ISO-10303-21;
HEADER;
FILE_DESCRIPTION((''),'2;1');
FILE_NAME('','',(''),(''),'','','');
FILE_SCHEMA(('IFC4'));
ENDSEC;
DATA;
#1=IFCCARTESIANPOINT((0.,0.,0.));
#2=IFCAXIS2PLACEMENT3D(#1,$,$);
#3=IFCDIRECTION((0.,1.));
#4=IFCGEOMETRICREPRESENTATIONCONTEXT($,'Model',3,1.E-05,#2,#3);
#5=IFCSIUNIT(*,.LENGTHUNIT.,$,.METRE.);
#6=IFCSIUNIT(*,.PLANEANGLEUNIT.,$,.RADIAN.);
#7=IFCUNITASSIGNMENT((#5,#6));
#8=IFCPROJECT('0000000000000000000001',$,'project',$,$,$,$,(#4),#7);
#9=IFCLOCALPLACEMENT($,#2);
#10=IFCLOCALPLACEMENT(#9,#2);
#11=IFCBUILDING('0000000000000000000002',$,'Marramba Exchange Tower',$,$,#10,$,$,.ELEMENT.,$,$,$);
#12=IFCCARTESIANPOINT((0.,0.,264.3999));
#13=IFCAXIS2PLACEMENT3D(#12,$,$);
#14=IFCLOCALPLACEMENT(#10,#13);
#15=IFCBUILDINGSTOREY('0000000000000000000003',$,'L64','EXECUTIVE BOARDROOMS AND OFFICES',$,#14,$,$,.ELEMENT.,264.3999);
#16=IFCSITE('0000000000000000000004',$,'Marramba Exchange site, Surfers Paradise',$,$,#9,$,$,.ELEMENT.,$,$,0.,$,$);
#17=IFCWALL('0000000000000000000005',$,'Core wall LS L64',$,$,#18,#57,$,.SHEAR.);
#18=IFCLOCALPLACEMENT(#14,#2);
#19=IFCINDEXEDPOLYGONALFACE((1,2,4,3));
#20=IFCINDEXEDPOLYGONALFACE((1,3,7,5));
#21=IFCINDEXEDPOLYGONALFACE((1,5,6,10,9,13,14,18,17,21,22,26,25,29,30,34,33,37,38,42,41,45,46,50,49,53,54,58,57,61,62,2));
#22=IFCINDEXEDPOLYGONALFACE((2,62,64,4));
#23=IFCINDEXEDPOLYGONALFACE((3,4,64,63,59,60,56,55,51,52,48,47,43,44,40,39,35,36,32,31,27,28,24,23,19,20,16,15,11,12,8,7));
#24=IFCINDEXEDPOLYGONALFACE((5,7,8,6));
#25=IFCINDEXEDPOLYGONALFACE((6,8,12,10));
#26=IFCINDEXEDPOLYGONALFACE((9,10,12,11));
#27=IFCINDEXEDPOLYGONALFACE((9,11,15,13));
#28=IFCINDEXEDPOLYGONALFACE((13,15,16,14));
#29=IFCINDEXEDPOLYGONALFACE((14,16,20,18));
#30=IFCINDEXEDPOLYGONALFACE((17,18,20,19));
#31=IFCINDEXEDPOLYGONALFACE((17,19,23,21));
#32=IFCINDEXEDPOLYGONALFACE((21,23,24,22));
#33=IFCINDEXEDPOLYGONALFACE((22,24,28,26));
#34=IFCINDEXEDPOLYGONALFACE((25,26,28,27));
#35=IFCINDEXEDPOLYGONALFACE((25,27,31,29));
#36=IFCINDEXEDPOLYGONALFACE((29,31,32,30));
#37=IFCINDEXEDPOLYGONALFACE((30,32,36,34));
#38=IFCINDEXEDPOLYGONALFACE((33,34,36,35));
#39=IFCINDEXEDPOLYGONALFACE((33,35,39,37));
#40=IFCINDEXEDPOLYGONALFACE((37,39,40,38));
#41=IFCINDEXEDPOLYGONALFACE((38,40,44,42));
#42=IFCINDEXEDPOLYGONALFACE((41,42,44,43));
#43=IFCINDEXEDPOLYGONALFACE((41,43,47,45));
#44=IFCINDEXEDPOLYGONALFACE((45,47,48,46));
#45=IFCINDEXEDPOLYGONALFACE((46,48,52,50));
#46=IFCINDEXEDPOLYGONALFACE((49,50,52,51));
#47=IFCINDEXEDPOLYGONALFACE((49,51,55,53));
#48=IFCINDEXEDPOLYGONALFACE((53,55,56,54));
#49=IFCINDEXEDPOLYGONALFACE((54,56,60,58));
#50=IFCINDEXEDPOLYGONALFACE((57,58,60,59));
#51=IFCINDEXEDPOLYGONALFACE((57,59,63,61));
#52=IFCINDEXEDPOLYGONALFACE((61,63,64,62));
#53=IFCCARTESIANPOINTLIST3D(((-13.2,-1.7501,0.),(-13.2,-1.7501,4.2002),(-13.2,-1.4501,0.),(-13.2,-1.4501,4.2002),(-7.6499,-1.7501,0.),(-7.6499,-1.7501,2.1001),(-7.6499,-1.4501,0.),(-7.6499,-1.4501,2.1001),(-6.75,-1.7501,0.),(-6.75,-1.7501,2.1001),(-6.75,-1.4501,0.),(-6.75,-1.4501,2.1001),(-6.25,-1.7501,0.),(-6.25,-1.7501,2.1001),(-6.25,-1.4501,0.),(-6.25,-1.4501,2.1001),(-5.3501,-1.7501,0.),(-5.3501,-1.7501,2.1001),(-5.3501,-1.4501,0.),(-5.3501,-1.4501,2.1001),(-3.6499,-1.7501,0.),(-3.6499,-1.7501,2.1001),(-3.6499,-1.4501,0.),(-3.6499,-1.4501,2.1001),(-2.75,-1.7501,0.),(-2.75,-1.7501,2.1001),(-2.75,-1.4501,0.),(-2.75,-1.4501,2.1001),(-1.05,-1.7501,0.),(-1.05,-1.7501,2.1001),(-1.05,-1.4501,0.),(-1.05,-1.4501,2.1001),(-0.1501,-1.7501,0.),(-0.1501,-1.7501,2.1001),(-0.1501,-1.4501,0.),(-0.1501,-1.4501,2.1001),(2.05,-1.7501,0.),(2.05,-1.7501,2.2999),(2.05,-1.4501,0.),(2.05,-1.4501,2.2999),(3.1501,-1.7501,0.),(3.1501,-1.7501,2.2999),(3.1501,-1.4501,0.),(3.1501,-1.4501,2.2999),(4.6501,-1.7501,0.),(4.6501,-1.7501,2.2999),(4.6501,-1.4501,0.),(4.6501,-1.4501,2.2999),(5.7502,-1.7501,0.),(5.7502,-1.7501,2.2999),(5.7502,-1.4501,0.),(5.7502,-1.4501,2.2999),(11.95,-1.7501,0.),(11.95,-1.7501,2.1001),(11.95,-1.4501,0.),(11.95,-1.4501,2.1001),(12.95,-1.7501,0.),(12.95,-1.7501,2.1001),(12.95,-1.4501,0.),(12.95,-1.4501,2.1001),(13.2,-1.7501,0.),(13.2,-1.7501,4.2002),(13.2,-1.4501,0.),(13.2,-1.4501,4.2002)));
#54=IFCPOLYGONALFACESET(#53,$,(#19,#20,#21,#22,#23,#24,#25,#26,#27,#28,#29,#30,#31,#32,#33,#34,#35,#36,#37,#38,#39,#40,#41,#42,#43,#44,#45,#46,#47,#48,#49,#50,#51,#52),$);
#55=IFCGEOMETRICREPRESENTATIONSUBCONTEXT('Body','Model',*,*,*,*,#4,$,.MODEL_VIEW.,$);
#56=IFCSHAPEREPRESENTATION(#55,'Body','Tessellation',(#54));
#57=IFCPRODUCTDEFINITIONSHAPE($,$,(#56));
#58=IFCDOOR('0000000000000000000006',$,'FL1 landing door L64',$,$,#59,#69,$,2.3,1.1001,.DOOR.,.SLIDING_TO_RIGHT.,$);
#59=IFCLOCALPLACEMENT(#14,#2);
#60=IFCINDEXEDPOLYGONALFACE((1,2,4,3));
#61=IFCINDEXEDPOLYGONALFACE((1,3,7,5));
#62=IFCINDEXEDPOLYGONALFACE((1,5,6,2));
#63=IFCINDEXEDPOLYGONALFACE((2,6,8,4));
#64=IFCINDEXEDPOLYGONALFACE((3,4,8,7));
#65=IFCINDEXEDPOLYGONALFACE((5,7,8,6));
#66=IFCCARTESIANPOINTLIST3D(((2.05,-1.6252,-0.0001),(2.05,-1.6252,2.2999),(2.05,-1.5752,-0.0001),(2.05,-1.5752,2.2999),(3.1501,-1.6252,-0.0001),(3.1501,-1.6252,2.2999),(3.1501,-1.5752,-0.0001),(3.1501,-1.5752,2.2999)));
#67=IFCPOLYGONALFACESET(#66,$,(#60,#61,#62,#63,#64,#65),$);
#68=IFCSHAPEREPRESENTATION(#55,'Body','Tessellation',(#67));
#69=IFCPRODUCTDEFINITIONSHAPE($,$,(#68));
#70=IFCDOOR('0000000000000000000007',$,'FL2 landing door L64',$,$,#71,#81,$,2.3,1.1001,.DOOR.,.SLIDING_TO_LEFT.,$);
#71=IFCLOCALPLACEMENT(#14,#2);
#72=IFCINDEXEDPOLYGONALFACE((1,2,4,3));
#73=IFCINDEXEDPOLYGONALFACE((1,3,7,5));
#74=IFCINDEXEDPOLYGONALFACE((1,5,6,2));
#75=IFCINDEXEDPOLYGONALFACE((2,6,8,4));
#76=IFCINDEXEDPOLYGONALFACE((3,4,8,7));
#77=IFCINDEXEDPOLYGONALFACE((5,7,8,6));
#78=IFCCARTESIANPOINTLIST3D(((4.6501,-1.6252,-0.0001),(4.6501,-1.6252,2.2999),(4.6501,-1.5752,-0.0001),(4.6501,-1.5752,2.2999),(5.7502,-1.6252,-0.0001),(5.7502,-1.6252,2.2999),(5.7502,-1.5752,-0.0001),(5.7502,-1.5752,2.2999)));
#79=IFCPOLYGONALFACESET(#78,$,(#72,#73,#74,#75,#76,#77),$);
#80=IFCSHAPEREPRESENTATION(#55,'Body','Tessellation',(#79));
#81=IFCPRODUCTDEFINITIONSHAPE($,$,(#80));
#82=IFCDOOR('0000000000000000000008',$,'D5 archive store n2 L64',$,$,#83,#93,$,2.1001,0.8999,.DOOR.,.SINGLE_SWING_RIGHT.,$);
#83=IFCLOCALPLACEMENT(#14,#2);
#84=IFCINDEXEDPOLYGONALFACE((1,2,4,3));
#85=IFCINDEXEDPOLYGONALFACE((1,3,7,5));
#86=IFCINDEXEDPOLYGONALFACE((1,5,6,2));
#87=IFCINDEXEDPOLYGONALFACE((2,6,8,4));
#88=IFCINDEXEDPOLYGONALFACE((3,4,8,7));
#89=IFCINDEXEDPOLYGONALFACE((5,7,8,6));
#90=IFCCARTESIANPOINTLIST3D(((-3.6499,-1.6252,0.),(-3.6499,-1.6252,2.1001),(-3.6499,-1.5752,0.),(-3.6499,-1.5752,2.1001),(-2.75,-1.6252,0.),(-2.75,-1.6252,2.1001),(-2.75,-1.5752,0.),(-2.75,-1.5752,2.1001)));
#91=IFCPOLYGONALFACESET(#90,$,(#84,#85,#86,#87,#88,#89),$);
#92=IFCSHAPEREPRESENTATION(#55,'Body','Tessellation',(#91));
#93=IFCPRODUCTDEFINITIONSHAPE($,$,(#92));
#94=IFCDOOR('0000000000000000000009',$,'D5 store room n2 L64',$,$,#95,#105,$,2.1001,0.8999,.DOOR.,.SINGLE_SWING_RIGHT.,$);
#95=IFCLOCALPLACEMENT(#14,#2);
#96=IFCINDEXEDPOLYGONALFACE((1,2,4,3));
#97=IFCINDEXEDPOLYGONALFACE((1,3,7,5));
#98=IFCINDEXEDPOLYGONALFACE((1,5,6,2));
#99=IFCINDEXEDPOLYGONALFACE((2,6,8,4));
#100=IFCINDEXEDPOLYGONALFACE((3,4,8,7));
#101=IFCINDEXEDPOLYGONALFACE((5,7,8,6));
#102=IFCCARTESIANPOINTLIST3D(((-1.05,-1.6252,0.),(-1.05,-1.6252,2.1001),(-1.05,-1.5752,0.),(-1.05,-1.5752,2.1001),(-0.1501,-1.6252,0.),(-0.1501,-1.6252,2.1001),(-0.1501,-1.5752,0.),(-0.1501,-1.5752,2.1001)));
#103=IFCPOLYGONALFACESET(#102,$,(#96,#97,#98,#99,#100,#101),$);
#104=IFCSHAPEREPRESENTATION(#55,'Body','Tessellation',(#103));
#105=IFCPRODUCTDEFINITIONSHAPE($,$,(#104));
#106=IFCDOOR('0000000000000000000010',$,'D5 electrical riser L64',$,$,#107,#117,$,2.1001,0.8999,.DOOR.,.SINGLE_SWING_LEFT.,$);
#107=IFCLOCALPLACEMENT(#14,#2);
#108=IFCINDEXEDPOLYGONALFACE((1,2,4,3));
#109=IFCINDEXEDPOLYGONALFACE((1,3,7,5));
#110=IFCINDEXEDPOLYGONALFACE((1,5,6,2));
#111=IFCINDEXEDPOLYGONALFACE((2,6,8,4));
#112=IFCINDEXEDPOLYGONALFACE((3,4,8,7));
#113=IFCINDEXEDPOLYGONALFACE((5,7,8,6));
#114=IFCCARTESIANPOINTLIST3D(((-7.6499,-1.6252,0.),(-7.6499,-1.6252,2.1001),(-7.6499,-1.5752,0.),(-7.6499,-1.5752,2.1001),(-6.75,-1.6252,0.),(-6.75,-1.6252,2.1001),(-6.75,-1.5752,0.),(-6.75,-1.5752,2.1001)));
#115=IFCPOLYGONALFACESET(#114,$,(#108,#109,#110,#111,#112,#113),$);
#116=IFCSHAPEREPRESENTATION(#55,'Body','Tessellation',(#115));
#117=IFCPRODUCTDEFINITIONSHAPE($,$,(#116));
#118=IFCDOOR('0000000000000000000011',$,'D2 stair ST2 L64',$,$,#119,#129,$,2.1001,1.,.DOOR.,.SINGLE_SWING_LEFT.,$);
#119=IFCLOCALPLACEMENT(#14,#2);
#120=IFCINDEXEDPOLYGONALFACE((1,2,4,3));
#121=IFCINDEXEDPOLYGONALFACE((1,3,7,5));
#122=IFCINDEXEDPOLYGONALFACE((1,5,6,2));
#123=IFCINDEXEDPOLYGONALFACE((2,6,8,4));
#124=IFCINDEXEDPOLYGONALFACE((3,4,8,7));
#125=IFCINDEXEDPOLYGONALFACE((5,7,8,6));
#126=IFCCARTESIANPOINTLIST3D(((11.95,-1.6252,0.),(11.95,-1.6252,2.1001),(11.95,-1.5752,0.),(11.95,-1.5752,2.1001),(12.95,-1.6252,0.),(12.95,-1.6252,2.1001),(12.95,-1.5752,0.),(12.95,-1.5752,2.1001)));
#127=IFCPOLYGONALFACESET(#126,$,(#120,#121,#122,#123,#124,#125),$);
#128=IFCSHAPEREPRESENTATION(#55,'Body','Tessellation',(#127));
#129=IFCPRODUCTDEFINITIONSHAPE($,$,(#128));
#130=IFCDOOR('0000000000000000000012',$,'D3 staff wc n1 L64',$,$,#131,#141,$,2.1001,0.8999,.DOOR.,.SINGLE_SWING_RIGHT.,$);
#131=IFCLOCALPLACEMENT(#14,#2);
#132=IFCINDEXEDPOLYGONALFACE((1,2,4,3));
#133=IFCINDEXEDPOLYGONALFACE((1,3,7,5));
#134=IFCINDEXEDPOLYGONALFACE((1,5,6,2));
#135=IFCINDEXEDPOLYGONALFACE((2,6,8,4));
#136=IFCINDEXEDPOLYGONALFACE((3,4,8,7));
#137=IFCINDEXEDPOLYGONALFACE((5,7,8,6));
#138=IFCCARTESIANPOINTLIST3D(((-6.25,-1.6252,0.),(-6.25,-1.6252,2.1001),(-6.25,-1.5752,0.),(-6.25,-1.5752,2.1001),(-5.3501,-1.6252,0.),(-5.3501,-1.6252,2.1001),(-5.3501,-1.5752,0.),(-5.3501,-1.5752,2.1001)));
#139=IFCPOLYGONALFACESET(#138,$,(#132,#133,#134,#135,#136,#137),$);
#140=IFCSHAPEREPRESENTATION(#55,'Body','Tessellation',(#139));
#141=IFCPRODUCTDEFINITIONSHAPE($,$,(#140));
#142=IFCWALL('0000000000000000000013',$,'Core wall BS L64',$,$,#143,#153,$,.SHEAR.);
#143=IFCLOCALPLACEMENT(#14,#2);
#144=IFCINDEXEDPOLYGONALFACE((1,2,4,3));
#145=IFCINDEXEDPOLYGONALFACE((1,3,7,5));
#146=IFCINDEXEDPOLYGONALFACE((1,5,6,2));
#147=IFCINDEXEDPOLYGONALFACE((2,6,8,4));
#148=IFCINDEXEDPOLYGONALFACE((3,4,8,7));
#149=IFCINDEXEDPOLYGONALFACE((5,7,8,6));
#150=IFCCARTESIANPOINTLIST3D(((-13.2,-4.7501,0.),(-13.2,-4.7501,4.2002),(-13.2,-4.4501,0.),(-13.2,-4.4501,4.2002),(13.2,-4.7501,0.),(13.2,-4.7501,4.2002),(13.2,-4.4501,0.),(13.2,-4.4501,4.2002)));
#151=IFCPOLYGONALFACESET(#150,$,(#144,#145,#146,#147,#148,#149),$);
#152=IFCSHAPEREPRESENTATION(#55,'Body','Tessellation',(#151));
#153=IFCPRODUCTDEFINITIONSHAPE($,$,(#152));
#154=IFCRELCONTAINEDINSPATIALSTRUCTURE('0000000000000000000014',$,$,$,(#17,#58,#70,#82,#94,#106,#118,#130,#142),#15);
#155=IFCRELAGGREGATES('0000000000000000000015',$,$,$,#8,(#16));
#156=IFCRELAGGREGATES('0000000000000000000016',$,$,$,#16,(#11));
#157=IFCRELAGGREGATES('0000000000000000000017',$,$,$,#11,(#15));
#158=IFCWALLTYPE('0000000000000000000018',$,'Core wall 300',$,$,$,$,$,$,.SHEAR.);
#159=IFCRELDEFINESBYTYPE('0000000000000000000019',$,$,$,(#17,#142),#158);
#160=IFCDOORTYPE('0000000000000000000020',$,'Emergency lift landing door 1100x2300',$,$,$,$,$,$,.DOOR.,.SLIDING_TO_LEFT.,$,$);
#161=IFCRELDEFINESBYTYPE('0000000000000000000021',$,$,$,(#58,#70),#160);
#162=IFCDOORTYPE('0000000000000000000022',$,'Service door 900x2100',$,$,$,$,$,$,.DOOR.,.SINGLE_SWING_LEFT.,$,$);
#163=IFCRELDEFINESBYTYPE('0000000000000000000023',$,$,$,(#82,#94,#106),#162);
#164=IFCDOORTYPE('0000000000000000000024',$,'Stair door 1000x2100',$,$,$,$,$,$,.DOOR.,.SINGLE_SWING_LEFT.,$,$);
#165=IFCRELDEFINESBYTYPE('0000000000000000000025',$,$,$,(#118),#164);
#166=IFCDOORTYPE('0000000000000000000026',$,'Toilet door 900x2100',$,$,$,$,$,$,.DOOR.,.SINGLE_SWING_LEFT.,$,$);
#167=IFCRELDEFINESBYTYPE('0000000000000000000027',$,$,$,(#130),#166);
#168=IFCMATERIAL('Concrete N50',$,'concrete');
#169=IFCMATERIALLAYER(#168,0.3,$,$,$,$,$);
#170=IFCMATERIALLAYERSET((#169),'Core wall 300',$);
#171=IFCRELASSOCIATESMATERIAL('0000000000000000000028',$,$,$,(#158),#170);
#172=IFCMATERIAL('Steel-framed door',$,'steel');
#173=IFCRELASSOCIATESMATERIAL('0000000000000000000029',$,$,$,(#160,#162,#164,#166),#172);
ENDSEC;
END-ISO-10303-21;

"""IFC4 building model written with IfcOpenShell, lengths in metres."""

from ifc_helpers import new_model, si_unit, direction, frame, frame_2d, origin, place, context, subcontext, project, spatial, rectangle, extrude, material, layer, layer_set, type_object, element, fill, save


model = new_model("IFC4")

# Units and contexts
model_context = context("Model", 3, precision=1e-05, world=origin(), true_north=direction((0.0, 1.0)))
body_context = subcontext(model_context, "Body", "Model", "MODEL_VIEW")
ifc_project = project(units=[si_unit("LENGTHUNIT", "METRE"), si_unit("PLANEANGLEUNIT", "RADIAN")], contexts=[model_context])

# Site, building, storey
site_placement = place(None, origin())
site = spatial("IfcSite", under=ifc_project, at=site_placement, Name="Marramba Exchange site, Surfers Paradise", CompositionType="ELEMENT", RefElevation=0.0)
building_placement = place(site_placement, origin())
building = spatial("IfcBuilding", under=site, at=building_placement, Name="Marramba Exchange Tower", CompositionType="ELEMENT")
storey_placement = place(building_placement, frame((0.0, 0.0, 264.3999)))
storey = spatial("IfcBuildingStorey", under=building, at=storey_placement, Name="L64", Description="EXECUTIVE BOARDROOMS AND OFFICES", CompositionType="ELEMENT", Elevation=264.3999)

# Shared definitions
ifc_material_1 = material(Name="Concrete N50", Category="concrete")

# Wall, openings, doors
ifc_layer_1 = layer(ifc_material_1, 0.3)
ifc_layer_set_1 = layer_set([ifc_layer_1], Name="Core wall 300")
wall_type_1 = type_object("IfcWallType", Name="Core wall 300", PredefinedType="SHEAR", material=ifc_layer_set_1)
wall_1_placement = place(storey_placement, frame((-13.2, -1.6001, 0.0), z_axis=(0.0, 0.0, 1.0), x_axis=(1.0, 0.0, 0.0)))
wall_1 = element("IfcWall", 1, at=wall_1_placement, inside=storey, type_object=wall_type_1, Name="Core wall LS L64", PredefinedType="SHEAR", context=body_context, shape_type="SweptSolid", body=[
    extrude(rectangle(XDim=26.3999, YDim=0.3, at=frame_2d((13.2, 0.0))), origin(), (0.0, 0.0, 1.0), 4.2002),
])
opening_1_placement = place(wall_1_placement, frame((25.1499, 0.0, 0.0)))
opening_1 = element("IfcOpeningElement", 2, at=opening_1_placement, cuts=wall_1, PredefinedType="OPENING", context=body_context, shape_type="SweptSolid", body=[
    extrude(rectangle(XDim=1.0, YDim=2.1001, at=frame_2d((0.5, 1.05))), frame((0.0, 0.1599, 0.0), z_axis=(0.0, -1.0, 0.0), x_axis=(1.0, 0.0, 0.0)), (0.0, 0.0, 1.0), 0.3201),
])
opening_2_placement = place(wall_1_placement, frame((6.95, 0.0, 0.0)))
opening_2 = element("IfcOpeningElement", 3, at=opening_2_placement, cuts=wall_1, PredefinedType="OPENING", context=body_context, shape_type="SweptSolid", body=[
    extrude(rectangle(XDim=0.8999, YDim=2.1001, at=frame_2d((0.45, 1.05))), frame((0.0, 0.1599, 0.0), z_axis=(0.0, -1.0, 0.0), x_axis=(1.0, 0.0, 0.0)), (0.0, 0.0, 1.0), 0.3201),
])
opening_3_placement = place(wall_1_placement, frame((9.55, 0.0, 0.0)))
opening_3 = element("IfcOpeningElement", 4, at=opening_3_placement, cuts=wall_1, PredefinedType="OPENING", context=body_context, shape_type="SweptSolid", body=[
    extrude(rectangle(XDim=0.8999, YDim=2.1001, at=frame_2d((0.45, 1.05))), frame((0.0, 0.1599, 0.0), z_axis=(0.0, -1.0, 0.0), x_axis=(1.0, 0.0, 0.0)), (0.0, 0.0, 1.0), 0.3201),
])
opening_4_placement = place(wall_1_placement, frame((12.1499, 0.0, 0.0)))
opening_4 = element("IfcOpeningElement", 5, at=opening_4_placement, cuts=wall_1, PredefinedType="OPENING", context=body_context, shape_type="SweptSolid", body=[
    extrude(rectangle(XDim=0.8999, YDim=2.1001, at=frame_2d((0.45, 1.05))), frame((0.0, 0.1599, 0.0), z_axis=(0.0, -1.0, 0.0), x_axis=(1.0, 0.0, 0.0)), (0.0, 0.0, 1.0), 0.3201),
])
opening_5_placement = place(wall_1_placement, frame((15.25, 0.0, 0.0)))
opening_5 = element("IfcOpeningElement", 6, at=opening_5_placement, cuts=wall_1, PredefinedType="OPENING", context=body_context, shape_type="SweptSolid", body=[
    extrude(rectangle(XDim=1.1001, YDim=2.3, at=frame_2d((0.55, 1.1499))), frame((0.0, 0.1599, 0.0), z_axis=(0.0, -1.0, 0.0), x_axis=(1.0, 0.0, 0.0)), (0.0, 0.0, 1.0), 0.3201),
])
opening_6_placement = place(wall_1_placement, frame((17.8501, 0.0, 0.0)))
opening_6 = element("IfcOpeningElement", 7, at=opening_6_placement, cuts=wall_1, PredefinedType="OPENING", context=body_context, shape_type="SweptSolid", body=[
    extrude(rectangle(XDim=1.1001, YDim=2.3, at=frame_2d((0.55, 1.1499))), frame((0.0, 0.1599, 0.0), z_axis=(0.0, -1.0, 0.0), x_axis=(1.0, 0.0, 0.0)), (0.0, 0.0, 1.0), 0.3201),
])
opening_7_placement = place(wall_1_placement, frame((5.55, 0.0, 0.0)))
opening_7 = element("IfcOpeningElement", 8, at=opening_7_placement, cuts=wall_1, PredefinedType="OPENING", context=body_context, shape_type="SweptSolid", body=[
    extrude(rectangle(XDim=0.8999, YDim=2.1001, at=frame_2d((0.45, 1.05))), frame((0.0, 0.1599, 0.0), z_axis=(0.0, -1.0, 0.0), x_axis=(1.0, 0.0, 0.0)), (0.0, 0.0, 1.0), 0.3201),
])
ifc_material_2 = material(Name="Steel-framed door", Category="steel")
door_type_1 = type_object("IfcDoorType", Name="Emergency lift landing door 1100x2300", OperationType="SLIDING_TO_LEFT", PredefinedType="DOOR", material=ifc_material_2)
door_1_placement = place(opening_5_placement, frame((1.1001, 0.0, 0.0), z_axis=(0.0, 0.0, 1.0), x_axis=(-1.0, 0.0, 0.0)))
door_1 = element("IfcDoor", 9, at=door_1_placement, inside=storey, type_object=door_type_1, Name="FL1 landing door L64", OperationType="SLIDING_TO_RIGHT", OverallHeight=2.3, OverallWidth=1.1001, PredefinedType="DOOR", context=body_context, shape_type="SweptSolid", body=[
    extrude(rectangle(XDim=1.1001, YDim=2.3, at=frame_2d((0.55, 1.1499))), frame((0.0, 0.0251, 0.0), z_axis=(0.0, -1.0, 0.0), x_axis=(1.0, 0.0, 0.0)), (0.0, 0.0, 1.0), 0.05),
])
fill(opening_5, door_1)
door_2_placement = place(opening_6_placement, frame((1.1001, 0.0, 0.0), z_axis=(0.0, 0.0, 1.0), x_axis=(-1.0, 0.0, 0.0)))
door_2 = element("IfcDoor", 10, at=door_2_placement, inside=storey, type_object=door_type_1, Name="FL2 landing door L64", OperationType="SLIDING_TO_LEFT", OverallHeight=2.3, OverallWidth=1.1001, PredefinedType="DOOR", context=body_context, shape_type="SweptSolid", body=[
    extrude(rectangle(XDim=1.1001, YDim=2.3, at=frame_2d((0.55, 1.1499))), frame((0.0, 0.0251, 0.0), z_axis=(0.0, -1.0, 0.0), x_axis=(1.0, 0.0, 0.0)), (0.0, 0.0, 1.0), 0.05),
])
fill(opening_6, door_2)
door_type_2 = type_object("IfcDoorType", Name="Service door 900x2100", OperationType="SINGLE_SWING_LEFT", PredefinedType="DOOR", material=ifc_material_2)
door_3_placement = place(opening_3_placement, frame((0.8999, 0.0, 0.0), z_axis=(0.0, 0.0, 1.0), x_axis=(-1.0, 0.0, 0.0)))
door_3 = element("IfcDoor", 11, at=door_3_placement, inside=storey, type_object=door_type_2, Name="D5 archive store n2 L64", OperationType="SINGLE_SWING_RIGHT", OverallHeight=2.1001, OverallWidth=0.8999, PredefinedType="DOOR", context=body_context, shape_type="SweptSolid", body=[
    extrude(rectangle(XDim=0.8999, YDim=2.1001, at=frame_2d((0.45, 1.05))), frame((0.0, 0.0251, 0.0), z_axis=(0.0, -1.0, 0.0), x_axis=(1.0, 0.0, 0.0)), (0.0, 0.0, 1.0), 0.05),
])
fill(opening_3, door_3)
door_4_placement = place(opening_4_placement, frame((0.8999, 0.0, 0.0), z_axis=(0.0, 0.0, 1.0), x_axis=(-1.0, 0.0, 0.0)))
door_4 = element("IfcDoor", 12, at=door_4_placement, inside=storey, type_object=door_type_2, Name="D5 store room n2 L64", OperationType="SINGLE_SWING_RIGHT", OverallHeight=2.1001, OverallWidth=0.8999, PredefinedType="DOOR", context=body_context, shape_type="SweptSolid", body=[
    extrude(rectangle(XDim=0.8999, YDim=2.1001, at=frame_2d((0.45, 1.05))), frame((0.0, 0.0251, 0.0), z_axis=(0.0, -1.0, 0.0), x_axis=(1.0, 0.0, 0.0)), (0.0, 0.0, 1.0), 0.05),
])
fill(opening_4, door_4)
door_5_placement = place(opening_7_placement, frame((0.8999, 0.0, 0.0), z_axis=(0.0, 0.0, 1.0), x_axis=(-1.0, 0.0, 0.0)))
door_5 = element("IfcDoor", 13, at=door_5_placement, inside=storey, type_object=door_type_2, Name="D5 electrical riser L64", OperationType="SINGLE_SWING_LEFT", OverallHeight=2.1001, OverallWidth=0.8999, PredefinedType="DOOR", context=body_context, shape_type="SweptSolid", body=[
    extrude(rectangle(XDim=0.8999, YDim=2.1001, at=frame_2d((0.45, 1.05))), frame((0.0, 0.0251, 0.0), z_axis=(0.0, -1.0, 0.0), x_axis=(1.0, 0.0, 0.0)), (0.0, 0.0, 1.0), 0.05),
])
fill(opening_7, door_5)
door_type_3 = type_object("IfcDoorType", Name="Stair door 1000x2100", OperationType="SINGLE_SWING_LEFT", PredefinedType="DOOR", material=ifc_material_2)
door_6_placement = place(opening_1_placement, frame((1.0, 0.0, 0.0), z_axis=(0.0, 0.0, 1.0), x_axis=(-1.0, 0.0, 0.0)))
door_6 = element("IfcDoor", 14, at=door_6_placement, inside=storey, type_object=door_type_3, Name="D2 stair ST2 L64", OperationType="SINGLE_SWING_LEFT", OverallHeight=2.1001, OverallWidth=1.0, PredefinedType="DOOR", context=body_context, shape_type="SweptSolid", body=[
    extrude(rectangle(XDim=1.0, YDim=2.1001, at=frame_2d((0.5, 1.05))), frame((0.0, 0.0251, 0.0), z_axis=(0.0, -1.0, 0.0), x_axis=(1.0, 0.0, 0.0)), (0.0, 0.0, 1.0), 0.05),
])
fill(opening_1, door_6)
door_type_4 = type_object("IfcDoorType", Name="Toilet door 900x2100", OperationType="SINGLE_SWING_LEFT", PredefinedType="DOOR", material=ifc_material_2)
door_7_placement = place(opening_2_placement, frame((0.8999, 0.0, 0.0), z_axis=(0.0, 0.0, 1.0), x_axis=(-1.0, 0.0, 0.0)))
door_7 = element("IfcDoor", 15, at=door_7_placement, inside=storey, type_object=door_type_4, Name="D3 staff wc n1 L64", OperationType="SINGLE_SWING_RIGHT", OverallHeight=2.1001, OverallWidth=0.8999, PredefinedType="DOOR", context=body_context, shape_type="SweptSolid", body=[
    extrude(rectangle(XDim=0.8999, YDim=2.1001, at=frame_2d((0.45, 1.05))), frame((0.0, 0.0251, 0.0), z_axis=(0.0, -1.0, 0.0), x_axis=(1.0, 0.0, 0.0)), (0.0, 0.0, 1.0), 0.05),
])
fill(opening_2, door_7)

# Wall
wall_2_placement = place(storey_placement, frame((-13.2, -4.6001, 0.0), z_axis=(0.0, 0.0, 1.0), x_axis=(1.0, 0.0, 0.0)))
element("IfcWall", 16, at=wall_2_placement, inside=storey, type_object=wall_type_1, Name="Core wall BS L64", PredefinedType="SHEAR", context=body_context, shape_type="SweptSolid", body=[
    extrude(rectangle(XDim=26.3999, YDim=0.3, at=frame_2d((13.2, 0.0))), origin(), (0.0, 0.0, 1.0), 4.2002),
])

save(model, "model.ifc")
